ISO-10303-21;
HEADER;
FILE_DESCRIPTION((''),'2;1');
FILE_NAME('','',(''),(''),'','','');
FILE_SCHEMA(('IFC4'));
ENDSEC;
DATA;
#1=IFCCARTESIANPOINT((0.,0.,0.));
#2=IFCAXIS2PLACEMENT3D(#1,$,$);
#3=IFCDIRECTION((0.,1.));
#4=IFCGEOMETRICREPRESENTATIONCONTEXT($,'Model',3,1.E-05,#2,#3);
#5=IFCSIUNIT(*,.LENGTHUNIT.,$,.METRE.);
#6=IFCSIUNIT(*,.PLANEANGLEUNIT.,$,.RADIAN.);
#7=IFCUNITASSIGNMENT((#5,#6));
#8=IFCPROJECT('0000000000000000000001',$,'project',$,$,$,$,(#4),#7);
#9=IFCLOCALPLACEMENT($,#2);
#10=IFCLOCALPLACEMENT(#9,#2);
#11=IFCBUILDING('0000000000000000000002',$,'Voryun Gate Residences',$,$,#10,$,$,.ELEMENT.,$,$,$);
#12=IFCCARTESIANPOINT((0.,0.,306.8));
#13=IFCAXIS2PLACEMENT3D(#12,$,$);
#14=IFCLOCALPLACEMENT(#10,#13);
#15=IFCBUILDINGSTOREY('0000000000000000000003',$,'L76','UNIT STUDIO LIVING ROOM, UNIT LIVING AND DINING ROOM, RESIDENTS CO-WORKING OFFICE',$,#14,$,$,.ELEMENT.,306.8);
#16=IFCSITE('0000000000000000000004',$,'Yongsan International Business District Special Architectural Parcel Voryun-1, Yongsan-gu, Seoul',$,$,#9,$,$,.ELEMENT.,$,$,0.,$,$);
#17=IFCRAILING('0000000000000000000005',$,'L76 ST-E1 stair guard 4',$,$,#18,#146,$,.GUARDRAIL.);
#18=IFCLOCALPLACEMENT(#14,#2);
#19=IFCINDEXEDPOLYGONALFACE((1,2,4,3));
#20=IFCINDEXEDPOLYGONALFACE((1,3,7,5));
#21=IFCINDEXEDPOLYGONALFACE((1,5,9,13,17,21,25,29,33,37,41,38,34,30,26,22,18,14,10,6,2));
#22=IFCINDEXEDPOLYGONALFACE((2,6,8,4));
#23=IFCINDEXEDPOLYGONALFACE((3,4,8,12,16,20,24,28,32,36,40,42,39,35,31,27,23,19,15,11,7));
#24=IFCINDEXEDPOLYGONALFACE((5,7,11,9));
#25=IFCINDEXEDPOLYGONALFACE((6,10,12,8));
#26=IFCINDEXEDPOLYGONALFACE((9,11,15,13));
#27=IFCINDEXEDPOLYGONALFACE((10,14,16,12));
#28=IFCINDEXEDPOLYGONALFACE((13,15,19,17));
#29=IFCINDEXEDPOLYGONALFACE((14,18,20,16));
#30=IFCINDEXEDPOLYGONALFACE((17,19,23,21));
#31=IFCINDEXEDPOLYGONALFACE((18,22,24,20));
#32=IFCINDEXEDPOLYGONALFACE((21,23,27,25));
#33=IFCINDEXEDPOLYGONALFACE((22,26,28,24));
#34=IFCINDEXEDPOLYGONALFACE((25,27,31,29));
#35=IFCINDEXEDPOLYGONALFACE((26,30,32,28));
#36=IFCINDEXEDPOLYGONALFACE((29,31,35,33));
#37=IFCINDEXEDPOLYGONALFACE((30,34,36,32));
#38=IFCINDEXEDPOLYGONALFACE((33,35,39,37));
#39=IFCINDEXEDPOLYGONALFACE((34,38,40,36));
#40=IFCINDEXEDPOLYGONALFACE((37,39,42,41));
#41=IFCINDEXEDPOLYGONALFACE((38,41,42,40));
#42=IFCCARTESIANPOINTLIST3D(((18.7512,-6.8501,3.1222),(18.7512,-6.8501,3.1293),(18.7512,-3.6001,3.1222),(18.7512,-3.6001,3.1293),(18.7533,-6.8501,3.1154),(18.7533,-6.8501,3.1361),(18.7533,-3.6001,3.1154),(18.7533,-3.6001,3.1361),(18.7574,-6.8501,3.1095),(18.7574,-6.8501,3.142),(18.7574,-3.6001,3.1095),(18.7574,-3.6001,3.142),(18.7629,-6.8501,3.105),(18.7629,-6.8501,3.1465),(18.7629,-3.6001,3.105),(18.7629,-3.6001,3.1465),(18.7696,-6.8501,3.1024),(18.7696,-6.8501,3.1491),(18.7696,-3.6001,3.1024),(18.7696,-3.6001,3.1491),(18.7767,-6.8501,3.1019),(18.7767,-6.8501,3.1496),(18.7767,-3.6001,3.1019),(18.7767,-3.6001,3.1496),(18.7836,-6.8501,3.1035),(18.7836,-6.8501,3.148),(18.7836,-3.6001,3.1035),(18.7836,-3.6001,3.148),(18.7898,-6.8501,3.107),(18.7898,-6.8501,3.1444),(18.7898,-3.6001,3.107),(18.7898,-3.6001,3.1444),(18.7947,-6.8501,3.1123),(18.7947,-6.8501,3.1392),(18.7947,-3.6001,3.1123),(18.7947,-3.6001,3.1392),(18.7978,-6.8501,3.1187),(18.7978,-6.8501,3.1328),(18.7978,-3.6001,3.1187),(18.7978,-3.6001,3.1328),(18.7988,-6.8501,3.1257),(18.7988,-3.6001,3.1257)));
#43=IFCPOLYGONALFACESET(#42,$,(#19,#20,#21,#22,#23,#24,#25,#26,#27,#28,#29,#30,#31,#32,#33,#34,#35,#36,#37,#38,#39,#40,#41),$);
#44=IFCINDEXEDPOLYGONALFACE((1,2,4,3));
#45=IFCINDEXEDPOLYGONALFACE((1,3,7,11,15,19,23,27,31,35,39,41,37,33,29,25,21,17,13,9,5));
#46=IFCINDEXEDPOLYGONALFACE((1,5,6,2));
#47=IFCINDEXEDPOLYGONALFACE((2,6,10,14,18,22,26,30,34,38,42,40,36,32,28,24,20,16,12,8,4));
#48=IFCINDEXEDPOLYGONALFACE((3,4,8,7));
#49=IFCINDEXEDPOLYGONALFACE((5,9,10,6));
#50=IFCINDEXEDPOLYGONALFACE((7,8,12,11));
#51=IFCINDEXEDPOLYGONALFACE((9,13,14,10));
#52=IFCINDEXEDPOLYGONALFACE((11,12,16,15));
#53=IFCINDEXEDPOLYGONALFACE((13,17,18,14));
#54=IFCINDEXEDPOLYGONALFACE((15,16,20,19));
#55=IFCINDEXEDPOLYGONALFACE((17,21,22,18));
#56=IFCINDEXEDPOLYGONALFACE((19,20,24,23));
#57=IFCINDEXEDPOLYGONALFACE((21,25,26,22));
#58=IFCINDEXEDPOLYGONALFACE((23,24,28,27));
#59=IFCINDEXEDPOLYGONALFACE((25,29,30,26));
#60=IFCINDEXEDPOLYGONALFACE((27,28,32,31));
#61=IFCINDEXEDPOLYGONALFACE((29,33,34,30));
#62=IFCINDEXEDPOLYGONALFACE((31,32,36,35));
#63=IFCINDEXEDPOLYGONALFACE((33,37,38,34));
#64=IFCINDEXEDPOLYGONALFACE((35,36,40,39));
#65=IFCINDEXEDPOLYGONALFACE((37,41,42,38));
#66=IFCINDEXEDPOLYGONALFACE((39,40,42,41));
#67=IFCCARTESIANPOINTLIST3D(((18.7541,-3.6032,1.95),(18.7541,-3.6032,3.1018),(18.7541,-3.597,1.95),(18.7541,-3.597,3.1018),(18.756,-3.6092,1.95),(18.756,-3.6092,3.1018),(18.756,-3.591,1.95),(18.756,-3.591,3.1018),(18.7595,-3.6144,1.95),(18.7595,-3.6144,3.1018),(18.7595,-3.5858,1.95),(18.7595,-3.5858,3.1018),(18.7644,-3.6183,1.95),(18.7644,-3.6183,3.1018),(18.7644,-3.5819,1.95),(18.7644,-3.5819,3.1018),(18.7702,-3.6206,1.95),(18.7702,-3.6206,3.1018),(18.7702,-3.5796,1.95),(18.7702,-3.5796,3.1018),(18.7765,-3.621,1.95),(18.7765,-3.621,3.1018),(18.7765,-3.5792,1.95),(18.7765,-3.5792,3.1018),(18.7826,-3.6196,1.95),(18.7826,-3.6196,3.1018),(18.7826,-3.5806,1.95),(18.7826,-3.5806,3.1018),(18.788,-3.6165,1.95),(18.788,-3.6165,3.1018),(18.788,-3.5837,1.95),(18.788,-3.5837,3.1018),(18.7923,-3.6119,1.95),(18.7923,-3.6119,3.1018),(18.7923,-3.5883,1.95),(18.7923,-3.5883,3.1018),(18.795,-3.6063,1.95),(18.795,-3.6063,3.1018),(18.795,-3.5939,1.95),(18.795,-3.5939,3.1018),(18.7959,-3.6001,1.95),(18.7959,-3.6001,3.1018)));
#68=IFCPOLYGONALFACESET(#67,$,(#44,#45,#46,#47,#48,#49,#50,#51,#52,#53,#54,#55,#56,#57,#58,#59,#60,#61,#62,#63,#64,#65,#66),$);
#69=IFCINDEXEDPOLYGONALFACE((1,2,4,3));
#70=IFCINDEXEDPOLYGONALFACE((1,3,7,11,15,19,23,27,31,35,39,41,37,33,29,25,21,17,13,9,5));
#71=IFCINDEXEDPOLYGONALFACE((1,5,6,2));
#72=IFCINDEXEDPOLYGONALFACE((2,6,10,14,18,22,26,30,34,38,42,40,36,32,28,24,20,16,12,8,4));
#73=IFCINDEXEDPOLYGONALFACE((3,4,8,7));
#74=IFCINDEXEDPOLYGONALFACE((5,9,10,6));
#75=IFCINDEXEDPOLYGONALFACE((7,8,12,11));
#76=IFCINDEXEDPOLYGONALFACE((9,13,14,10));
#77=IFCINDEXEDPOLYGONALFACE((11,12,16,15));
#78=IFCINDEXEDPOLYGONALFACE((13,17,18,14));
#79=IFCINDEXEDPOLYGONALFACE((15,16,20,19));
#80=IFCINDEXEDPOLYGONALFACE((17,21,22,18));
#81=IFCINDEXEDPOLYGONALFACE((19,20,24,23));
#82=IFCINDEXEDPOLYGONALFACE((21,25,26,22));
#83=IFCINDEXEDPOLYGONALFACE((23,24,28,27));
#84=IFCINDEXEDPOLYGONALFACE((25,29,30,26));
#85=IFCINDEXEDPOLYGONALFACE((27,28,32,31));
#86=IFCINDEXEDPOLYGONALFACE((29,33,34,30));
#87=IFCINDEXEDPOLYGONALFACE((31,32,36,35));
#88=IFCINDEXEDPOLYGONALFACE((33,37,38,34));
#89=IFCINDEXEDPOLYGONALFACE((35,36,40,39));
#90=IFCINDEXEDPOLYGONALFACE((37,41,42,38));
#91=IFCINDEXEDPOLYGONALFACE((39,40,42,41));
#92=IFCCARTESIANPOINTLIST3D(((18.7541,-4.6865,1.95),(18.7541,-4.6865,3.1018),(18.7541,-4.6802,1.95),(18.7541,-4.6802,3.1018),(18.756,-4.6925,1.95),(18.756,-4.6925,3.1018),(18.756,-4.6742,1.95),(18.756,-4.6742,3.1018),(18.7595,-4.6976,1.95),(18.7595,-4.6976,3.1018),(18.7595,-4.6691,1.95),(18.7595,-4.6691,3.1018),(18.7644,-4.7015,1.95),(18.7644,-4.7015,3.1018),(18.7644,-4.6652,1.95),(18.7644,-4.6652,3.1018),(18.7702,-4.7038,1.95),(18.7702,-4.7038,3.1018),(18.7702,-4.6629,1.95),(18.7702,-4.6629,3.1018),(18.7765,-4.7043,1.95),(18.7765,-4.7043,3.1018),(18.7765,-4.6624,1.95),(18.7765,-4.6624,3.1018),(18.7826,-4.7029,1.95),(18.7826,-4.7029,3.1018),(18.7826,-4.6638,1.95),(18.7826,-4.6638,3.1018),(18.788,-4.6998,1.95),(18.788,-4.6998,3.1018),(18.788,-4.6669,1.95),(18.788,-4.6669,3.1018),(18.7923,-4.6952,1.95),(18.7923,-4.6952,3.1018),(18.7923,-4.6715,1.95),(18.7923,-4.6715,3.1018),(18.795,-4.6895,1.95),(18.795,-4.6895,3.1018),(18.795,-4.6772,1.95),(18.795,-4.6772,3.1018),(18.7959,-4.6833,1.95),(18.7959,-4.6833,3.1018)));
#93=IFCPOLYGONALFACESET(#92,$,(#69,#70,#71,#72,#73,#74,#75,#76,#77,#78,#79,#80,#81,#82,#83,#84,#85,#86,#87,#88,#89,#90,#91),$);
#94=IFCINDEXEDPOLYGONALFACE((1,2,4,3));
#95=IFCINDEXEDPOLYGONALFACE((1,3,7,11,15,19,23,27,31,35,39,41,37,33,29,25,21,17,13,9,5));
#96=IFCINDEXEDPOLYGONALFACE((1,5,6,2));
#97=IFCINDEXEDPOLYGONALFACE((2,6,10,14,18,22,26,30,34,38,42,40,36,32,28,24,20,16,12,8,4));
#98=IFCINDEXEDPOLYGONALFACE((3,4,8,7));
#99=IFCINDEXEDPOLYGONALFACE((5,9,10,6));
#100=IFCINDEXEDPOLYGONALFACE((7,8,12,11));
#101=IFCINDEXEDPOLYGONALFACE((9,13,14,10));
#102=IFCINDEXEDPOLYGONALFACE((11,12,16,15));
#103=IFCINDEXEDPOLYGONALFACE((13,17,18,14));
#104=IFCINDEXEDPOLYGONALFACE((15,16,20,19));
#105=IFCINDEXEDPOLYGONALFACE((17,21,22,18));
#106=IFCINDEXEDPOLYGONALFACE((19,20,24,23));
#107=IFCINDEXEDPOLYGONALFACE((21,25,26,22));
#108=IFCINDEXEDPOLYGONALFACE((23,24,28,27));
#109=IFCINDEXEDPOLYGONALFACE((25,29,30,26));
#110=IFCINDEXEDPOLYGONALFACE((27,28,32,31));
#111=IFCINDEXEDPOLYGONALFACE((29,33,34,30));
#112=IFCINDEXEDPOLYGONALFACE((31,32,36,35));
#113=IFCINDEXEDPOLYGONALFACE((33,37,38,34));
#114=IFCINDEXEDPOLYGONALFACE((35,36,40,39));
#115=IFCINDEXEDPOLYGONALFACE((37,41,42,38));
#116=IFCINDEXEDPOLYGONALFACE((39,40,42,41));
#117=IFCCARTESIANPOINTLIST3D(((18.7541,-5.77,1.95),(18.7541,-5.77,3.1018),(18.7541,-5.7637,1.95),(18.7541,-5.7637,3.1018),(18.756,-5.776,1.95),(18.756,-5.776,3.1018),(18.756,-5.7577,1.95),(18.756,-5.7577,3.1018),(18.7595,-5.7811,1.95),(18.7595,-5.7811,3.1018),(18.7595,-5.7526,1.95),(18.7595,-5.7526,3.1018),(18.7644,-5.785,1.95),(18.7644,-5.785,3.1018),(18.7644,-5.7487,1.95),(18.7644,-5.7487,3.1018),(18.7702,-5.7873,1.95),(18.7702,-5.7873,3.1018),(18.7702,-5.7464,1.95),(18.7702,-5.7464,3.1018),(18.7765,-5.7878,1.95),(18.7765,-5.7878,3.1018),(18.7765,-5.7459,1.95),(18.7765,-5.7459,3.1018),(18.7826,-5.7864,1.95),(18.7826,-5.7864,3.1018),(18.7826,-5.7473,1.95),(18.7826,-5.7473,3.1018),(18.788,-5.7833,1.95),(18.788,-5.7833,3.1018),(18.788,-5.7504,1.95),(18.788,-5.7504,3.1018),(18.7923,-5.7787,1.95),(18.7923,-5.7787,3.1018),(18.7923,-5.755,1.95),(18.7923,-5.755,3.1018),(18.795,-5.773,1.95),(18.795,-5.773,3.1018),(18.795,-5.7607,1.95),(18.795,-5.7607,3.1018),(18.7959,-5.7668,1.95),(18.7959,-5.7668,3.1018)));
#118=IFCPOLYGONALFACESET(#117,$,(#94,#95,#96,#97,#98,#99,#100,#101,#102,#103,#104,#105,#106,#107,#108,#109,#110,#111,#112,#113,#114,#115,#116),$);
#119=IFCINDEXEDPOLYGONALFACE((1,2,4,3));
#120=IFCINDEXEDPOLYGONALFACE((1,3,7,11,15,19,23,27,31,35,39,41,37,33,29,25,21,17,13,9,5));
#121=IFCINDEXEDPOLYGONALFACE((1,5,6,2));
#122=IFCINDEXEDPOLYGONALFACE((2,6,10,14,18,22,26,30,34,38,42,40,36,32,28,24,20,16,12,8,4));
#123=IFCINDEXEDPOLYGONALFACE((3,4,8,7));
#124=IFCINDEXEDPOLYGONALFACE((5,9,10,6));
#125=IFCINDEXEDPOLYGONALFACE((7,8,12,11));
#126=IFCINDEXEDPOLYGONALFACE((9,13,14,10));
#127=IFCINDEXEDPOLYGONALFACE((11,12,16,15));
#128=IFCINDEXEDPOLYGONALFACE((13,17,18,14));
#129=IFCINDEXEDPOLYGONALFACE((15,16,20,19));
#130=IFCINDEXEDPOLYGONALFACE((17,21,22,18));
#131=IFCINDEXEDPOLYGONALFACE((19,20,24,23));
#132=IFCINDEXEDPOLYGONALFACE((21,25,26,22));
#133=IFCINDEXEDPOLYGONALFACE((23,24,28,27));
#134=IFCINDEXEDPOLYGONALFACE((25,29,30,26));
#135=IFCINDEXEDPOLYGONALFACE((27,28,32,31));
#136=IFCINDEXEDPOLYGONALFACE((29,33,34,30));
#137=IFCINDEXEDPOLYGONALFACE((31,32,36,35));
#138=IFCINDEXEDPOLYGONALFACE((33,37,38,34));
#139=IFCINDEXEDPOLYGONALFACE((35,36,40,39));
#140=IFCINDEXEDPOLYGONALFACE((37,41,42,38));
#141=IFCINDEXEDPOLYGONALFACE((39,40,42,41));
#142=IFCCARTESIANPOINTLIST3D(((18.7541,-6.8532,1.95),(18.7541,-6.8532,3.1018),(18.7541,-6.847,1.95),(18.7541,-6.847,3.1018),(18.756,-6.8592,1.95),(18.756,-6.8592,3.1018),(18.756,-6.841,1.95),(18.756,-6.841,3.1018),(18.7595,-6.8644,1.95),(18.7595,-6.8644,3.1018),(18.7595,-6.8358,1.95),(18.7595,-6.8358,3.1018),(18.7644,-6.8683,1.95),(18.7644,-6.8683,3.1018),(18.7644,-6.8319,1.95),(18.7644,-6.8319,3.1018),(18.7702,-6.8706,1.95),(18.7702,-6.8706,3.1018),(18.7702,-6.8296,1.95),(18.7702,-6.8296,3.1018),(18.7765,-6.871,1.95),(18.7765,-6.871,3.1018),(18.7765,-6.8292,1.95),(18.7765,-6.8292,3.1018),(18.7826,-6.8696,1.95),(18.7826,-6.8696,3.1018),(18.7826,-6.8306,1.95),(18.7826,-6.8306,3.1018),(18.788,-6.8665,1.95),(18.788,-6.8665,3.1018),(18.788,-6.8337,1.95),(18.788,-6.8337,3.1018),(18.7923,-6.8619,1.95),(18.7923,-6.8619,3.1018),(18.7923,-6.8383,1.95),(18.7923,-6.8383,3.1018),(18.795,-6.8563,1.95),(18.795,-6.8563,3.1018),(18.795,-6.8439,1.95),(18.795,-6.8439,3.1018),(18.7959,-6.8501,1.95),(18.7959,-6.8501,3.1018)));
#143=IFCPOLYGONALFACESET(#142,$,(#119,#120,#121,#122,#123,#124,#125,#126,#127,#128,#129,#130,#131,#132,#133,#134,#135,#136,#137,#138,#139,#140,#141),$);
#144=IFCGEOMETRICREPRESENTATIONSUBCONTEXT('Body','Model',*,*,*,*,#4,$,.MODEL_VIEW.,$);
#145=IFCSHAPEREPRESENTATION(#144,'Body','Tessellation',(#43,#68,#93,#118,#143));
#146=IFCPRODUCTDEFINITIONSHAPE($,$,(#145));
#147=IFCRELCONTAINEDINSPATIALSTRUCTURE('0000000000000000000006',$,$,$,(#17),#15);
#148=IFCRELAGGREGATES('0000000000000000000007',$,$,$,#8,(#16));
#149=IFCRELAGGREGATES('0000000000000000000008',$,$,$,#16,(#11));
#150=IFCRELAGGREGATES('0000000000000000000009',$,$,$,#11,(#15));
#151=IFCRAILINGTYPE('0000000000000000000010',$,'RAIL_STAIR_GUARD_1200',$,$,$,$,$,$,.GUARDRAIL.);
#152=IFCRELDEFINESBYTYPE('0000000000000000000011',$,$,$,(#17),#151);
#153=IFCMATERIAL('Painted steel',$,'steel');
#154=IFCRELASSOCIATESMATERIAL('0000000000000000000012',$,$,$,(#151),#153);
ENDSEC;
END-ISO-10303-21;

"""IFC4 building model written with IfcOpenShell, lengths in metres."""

from ifc_helpers import new_model, si_unit, direction, frame, origin, origin_2d, place, context, subcontext, project, spatial, circle, extrude, material, type_object, element, save


model = new_model("IFC4")

# Units and contexts
model_context = context("Model", 3, precision=1e-05, world=origin(), true_north=direction((0.0, 1.0)))
body_context = subcontext(model_context, "Body", "Model", "MODEL_VIEW")
ifc_project = project(units=[si_unit("LENGTHUNIT", "METRE"), si_unit("PLANEANGLEUNIT", "RADIAN")], contexts=[model_context])

# Site, building, storey
site_placement = place(None, origin())
site = spatial("IfcSite", under=ifc_project, at=site_placement, Name="Yongsan International Business District Special Architectural Parcel Voryun-1, Yongsan-gu, Seoul", CompositionType="ELEMENT", RefElevation=0.0)
building_placement = place(site_placement, origin())
building = spatial("IfcBuilding", under=site, at=building_placement, Name="Voryun Gate Residences", CompositionType="ELEMENT")
storey_placement = place(building_placement, frame((0.0, 0.0, 306.8)))
storey = spatial("IfcBuildingStorey", under=building, at=storey_placement, Name="L76", Description="UNIT STUDIO LIVING ROOM, UNIT LIVING AND DINING ROOM, RESIDENTS CO-WORKING OFFICE", CompositionType="ELEMENT", Elevation=306.8)

# Railing
ifc_material_1 = material(Name="Painted steel", Category="steel")
railing_type_1 = type_object("IfcRailingType", Name="RAIL_STAIR_GUARD_1200", PredefinedType="GUARDRAIL", material=ifc_material_1)
for number, where, name in (
    (1, (18.7749, -3.6001, 1.95), "L76 ST-E1 stair guard 4"),
):
    element("IfcRailing", number, at=place(storey_placement, frame(where)), inside=storey, type_object=railing_type_1, Name=name, PredefinedType="GUARDRAIL", context=body_context, shape_type="SweptSolid", body=[
        extrude(circle(Radius=0.0239, at=origin_2d()), frame((0.0, 0.0, 1.1758), z_axis=(0.0, -1.0, 0.0), x_axis=(1.0, 0.0, 0.0)), (0.0, 0.0, 1.0), 3.25),
        extrude(circle(Radius=0.021, at=origin_2d()), origin(), (0.0, 0.0, 1.0), 1.1519),
        extrude(circle(Radius=0.021, at=origin_2d()), frame((0.0, -1.0833, 0.0)), (0.0, 0.0, 1.0), 1.1519),
        extrude(circle(Radius=0.021, at=origin_2d()), frame((0.0, -2.1667, 0.0)), (0.0, 0.0, 1.0), 1.1519),
        extrude(circle(Radius=0.021, at=origin_2d()), frame((0.0, -3.25, 0.0)), (0.0, 0.0, 1.0), 1.1519),
    ])

save(model, "model.ifc")
